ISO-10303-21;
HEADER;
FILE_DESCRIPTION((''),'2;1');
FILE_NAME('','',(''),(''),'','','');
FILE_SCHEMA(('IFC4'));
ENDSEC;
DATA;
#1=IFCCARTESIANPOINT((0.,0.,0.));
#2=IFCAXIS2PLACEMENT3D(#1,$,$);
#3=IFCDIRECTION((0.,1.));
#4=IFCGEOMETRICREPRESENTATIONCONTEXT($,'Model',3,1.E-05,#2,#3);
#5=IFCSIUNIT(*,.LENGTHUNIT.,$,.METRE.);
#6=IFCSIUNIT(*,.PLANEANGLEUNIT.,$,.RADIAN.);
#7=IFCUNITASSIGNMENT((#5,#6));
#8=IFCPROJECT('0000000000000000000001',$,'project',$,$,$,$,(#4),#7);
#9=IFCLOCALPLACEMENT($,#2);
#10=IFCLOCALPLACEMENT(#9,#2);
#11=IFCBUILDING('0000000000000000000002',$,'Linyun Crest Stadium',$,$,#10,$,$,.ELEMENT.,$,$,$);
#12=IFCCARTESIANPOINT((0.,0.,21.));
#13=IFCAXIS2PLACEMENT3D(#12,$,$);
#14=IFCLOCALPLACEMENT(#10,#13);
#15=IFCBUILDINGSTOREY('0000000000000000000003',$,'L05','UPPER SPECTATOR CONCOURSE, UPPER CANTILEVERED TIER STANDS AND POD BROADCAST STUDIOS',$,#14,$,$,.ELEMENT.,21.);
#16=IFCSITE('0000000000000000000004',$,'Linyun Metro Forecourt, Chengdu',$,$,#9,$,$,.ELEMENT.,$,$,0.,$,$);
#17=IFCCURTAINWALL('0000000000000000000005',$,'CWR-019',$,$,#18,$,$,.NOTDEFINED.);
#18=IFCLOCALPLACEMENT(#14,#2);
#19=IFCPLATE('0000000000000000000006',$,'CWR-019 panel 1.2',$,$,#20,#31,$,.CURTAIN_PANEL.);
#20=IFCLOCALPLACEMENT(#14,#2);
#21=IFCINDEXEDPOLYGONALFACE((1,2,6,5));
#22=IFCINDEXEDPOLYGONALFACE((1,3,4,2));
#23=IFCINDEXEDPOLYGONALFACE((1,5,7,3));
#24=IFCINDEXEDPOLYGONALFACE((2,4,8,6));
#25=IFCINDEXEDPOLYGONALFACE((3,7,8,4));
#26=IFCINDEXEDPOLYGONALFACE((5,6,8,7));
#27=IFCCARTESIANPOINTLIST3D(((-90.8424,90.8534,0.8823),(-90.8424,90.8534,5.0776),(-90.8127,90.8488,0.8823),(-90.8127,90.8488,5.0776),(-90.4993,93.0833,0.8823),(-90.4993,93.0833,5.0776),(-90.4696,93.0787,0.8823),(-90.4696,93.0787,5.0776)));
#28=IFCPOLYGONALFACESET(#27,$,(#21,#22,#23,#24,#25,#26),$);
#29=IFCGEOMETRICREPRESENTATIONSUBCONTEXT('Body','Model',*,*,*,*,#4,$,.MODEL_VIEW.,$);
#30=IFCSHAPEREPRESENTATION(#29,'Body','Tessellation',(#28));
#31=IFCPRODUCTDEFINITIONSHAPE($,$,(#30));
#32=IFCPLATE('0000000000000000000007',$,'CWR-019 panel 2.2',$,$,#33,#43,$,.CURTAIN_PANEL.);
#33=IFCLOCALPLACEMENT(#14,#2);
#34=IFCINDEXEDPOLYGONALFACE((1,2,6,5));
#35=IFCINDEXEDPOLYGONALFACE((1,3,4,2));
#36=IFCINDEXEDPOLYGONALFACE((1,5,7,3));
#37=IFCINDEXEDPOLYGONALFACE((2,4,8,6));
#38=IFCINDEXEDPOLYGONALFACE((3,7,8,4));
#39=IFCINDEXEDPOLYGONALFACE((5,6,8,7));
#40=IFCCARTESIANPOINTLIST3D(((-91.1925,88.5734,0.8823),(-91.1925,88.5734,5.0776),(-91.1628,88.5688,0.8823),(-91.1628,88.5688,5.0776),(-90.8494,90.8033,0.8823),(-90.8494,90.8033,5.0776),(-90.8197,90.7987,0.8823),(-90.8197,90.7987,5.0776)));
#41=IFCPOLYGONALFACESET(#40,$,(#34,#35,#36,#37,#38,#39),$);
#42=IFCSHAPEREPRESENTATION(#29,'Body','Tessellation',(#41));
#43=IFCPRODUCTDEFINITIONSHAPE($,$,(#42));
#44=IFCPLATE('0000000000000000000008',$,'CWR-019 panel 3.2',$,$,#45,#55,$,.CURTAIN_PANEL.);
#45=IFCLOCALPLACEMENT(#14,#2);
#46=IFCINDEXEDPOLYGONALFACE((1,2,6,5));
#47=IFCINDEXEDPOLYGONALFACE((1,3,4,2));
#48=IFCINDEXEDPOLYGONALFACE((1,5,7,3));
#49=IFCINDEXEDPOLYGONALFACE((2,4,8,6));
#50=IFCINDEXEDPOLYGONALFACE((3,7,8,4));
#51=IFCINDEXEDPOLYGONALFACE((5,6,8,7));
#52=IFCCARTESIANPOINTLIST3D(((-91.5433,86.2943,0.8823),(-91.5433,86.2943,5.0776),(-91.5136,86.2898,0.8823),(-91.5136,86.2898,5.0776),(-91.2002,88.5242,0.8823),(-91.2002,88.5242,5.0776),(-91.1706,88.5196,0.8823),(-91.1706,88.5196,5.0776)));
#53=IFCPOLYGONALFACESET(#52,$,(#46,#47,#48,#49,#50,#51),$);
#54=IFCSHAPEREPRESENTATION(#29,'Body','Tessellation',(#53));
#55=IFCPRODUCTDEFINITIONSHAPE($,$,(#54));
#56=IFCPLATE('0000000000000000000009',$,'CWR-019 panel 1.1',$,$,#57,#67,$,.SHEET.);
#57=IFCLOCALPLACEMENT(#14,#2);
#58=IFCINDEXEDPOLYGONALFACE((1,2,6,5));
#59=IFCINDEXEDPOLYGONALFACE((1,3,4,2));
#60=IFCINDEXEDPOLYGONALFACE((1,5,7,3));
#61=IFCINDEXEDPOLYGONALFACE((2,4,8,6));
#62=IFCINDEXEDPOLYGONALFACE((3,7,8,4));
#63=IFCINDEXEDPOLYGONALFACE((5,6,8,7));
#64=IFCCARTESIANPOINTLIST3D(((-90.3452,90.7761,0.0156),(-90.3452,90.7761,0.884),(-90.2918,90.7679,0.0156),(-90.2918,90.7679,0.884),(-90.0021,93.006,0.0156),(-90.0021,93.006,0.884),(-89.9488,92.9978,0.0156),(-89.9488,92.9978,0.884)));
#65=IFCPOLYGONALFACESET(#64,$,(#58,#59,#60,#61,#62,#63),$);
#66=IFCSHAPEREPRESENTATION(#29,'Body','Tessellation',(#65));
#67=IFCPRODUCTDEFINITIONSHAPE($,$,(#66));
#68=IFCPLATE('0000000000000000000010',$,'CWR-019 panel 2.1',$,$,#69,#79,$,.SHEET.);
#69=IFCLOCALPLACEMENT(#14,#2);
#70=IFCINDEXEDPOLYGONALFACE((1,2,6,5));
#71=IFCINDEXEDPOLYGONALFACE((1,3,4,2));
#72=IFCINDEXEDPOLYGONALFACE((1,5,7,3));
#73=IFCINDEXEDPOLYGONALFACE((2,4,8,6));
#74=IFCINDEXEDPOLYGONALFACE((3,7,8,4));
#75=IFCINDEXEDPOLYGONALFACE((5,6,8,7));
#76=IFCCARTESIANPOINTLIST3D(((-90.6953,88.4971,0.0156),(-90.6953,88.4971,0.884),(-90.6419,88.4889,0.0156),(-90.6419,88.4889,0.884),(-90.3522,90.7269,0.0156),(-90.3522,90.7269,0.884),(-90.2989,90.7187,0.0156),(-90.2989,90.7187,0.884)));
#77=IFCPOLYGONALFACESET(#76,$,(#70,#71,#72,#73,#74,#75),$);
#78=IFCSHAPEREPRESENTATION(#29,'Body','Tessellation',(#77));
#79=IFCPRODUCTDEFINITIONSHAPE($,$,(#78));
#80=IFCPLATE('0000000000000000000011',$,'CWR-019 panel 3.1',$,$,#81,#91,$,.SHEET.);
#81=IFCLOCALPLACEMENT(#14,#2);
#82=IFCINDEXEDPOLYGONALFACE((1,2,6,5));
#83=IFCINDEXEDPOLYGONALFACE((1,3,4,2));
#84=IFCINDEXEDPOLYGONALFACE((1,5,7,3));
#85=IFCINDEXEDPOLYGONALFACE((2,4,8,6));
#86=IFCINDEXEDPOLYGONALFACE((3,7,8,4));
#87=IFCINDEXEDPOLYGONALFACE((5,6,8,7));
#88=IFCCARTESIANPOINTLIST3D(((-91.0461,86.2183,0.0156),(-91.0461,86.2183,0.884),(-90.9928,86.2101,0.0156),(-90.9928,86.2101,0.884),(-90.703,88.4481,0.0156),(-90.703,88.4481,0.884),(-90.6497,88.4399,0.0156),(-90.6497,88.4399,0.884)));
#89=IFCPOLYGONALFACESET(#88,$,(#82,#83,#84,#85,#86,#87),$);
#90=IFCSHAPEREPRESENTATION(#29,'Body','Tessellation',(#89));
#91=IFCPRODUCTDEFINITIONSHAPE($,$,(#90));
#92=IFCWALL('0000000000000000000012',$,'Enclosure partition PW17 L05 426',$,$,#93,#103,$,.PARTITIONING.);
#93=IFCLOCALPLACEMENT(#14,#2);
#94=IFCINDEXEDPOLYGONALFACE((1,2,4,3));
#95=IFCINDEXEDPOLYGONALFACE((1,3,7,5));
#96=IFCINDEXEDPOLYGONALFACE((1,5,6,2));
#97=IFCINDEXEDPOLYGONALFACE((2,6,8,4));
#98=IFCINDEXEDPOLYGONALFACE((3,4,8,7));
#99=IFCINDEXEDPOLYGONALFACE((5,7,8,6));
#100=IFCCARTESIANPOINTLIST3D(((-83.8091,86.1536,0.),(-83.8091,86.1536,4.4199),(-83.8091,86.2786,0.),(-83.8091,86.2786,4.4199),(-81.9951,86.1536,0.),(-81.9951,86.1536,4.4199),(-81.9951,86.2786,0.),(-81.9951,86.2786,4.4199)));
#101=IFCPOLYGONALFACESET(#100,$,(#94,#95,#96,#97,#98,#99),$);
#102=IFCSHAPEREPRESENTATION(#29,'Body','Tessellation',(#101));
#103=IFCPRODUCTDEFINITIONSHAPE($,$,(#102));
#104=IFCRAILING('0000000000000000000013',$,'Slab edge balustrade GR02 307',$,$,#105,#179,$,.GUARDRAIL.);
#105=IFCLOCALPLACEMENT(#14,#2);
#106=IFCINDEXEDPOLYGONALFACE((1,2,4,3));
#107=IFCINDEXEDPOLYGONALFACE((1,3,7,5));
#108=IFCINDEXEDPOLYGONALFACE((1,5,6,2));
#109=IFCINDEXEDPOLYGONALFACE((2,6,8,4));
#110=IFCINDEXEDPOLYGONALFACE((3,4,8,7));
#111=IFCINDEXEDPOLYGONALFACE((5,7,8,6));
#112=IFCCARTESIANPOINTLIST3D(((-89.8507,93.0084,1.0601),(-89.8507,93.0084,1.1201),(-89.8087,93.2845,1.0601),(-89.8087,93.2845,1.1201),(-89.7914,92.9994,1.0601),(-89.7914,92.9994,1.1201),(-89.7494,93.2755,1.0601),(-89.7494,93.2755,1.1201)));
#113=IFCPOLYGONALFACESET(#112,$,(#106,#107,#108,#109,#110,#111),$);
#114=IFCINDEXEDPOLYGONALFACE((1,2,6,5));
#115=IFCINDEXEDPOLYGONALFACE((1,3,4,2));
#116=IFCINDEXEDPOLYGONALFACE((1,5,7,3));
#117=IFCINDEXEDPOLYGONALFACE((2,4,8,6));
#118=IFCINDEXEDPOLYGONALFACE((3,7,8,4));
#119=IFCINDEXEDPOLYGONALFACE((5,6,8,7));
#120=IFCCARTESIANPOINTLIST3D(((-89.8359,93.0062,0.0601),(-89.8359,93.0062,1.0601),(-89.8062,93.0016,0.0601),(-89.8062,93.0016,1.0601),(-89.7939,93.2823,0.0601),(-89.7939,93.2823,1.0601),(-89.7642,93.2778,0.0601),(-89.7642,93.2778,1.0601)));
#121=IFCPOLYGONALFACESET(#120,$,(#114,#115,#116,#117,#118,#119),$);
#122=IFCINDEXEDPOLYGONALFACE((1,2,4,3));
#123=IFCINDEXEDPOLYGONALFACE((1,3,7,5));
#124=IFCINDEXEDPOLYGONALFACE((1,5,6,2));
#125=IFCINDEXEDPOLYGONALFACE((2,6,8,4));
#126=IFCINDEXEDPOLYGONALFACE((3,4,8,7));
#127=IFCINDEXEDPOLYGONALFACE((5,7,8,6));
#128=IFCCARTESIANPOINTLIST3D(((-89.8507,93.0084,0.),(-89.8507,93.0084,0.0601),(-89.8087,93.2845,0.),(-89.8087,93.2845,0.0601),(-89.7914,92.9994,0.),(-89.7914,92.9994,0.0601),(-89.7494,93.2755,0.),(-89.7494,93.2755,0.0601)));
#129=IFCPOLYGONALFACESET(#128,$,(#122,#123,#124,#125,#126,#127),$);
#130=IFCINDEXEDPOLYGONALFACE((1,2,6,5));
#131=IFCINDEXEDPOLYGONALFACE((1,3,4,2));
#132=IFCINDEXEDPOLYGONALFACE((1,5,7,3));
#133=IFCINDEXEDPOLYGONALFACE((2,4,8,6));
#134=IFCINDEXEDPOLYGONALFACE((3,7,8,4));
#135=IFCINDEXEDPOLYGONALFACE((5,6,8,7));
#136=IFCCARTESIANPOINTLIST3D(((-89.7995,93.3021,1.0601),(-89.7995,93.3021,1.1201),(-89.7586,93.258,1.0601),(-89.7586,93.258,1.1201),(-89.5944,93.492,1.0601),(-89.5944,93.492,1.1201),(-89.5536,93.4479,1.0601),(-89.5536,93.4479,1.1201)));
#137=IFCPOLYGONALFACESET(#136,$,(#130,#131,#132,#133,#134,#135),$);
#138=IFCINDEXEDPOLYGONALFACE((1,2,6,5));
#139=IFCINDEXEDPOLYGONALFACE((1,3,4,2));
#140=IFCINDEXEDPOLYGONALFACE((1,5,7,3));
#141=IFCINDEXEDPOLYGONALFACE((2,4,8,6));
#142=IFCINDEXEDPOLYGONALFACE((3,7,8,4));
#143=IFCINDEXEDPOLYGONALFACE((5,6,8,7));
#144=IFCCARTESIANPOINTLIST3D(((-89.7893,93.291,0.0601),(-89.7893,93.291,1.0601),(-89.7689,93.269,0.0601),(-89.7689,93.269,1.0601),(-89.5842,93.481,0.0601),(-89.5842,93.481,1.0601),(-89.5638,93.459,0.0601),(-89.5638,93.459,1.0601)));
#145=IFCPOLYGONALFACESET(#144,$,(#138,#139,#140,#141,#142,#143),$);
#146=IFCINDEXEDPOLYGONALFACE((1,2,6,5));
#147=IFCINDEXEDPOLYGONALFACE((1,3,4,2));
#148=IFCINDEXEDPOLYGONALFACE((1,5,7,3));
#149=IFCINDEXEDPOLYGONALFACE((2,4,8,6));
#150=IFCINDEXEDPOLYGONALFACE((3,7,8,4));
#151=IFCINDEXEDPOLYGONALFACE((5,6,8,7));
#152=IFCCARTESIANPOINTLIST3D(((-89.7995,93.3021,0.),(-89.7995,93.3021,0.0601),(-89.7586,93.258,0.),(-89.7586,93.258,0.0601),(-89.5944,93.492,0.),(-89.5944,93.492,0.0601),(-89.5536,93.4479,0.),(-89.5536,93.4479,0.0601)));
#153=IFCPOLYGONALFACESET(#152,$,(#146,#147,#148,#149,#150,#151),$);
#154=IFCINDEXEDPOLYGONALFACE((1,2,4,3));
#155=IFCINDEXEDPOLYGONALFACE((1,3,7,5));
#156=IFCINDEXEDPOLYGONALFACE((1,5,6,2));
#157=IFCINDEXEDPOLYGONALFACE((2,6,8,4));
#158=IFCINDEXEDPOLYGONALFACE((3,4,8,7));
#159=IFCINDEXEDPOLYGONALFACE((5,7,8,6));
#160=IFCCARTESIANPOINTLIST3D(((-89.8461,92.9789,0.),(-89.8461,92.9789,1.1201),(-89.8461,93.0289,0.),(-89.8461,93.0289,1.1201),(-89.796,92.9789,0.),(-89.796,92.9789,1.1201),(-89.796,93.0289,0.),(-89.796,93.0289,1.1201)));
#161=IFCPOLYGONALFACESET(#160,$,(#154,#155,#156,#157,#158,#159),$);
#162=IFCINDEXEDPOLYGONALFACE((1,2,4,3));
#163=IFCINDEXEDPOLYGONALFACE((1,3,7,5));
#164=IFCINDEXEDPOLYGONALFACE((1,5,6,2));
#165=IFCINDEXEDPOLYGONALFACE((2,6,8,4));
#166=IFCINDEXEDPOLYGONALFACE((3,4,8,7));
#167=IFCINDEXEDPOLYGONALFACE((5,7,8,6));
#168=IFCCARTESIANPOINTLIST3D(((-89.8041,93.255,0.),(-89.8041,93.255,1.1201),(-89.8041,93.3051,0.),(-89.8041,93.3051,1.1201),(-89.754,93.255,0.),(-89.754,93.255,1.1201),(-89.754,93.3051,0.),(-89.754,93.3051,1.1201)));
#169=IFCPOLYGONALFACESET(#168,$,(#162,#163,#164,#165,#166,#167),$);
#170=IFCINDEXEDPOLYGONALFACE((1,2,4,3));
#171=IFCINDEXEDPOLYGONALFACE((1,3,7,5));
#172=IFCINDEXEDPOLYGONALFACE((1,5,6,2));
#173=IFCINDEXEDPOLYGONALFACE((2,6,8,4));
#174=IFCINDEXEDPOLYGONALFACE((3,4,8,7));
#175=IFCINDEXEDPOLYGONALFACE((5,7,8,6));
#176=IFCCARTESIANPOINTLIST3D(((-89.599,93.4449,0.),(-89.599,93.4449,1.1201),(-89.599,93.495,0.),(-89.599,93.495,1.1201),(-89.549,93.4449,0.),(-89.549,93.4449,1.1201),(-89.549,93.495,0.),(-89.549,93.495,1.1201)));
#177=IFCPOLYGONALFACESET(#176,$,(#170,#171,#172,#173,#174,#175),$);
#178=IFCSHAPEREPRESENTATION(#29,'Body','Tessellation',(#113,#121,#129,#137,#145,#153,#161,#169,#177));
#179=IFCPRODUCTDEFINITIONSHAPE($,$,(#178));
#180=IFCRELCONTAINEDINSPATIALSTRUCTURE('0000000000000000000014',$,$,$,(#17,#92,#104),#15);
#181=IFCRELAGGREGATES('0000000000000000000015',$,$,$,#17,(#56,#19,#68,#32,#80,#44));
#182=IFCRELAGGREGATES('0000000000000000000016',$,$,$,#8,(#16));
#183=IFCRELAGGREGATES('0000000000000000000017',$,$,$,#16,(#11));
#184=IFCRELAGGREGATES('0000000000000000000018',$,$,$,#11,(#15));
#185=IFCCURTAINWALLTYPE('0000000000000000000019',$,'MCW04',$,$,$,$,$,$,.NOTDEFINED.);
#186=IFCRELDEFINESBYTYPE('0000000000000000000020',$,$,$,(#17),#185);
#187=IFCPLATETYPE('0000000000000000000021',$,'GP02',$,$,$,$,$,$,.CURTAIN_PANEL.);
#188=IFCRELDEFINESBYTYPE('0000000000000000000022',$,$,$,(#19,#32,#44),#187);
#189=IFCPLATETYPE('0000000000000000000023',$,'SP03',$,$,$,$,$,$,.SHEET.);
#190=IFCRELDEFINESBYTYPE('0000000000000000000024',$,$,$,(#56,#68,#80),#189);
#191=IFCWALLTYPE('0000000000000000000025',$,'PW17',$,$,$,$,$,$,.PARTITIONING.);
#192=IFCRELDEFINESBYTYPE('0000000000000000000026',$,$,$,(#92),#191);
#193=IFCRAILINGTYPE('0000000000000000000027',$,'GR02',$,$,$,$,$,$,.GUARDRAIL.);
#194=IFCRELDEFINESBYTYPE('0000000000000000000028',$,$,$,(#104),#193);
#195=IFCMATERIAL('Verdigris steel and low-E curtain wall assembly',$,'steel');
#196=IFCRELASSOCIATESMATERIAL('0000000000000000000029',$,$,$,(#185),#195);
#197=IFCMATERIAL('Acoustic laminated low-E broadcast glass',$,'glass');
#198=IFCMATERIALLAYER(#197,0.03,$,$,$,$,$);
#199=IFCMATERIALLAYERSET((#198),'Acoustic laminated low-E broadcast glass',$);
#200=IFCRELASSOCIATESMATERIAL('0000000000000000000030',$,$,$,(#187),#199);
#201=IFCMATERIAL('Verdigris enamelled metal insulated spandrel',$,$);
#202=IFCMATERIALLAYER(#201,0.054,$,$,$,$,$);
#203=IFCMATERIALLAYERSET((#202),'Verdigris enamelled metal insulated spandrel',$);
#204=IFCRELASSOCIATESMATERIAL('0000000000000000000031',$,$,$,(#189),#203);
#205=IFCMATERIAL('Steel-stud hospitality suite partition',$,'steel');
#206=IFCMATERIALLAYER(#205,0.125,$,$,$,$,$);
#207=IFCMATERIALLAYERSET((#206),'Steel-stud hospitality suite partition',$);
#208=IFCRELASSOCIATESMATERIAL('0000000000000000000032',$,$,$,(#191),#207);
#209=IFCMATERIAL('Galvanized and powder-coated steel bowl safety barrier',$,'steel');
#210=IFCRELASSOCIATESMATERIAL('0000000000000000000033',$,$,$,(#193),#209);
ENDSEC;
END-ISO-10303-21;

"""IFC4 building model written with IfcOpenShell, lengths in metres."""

from ifc_helpers import new_model, si_unit, direction, frame, frame_2d, origin, origin_2d, place, context, subcontext, project, spatial, rectangle, extrude, material, layer, layer_set, type_object, element, aggregate, save


model = new_model("IFC4")

# Units and contexts
model_context = context("Model", 3, precision=1e-05, world=origin(), true_north=direction((0.0, 1.0)))
body_context = subcontext(model_context, "Body", "Model", "MODEL_VIEW")
ifc_project = project(units=[si_unit("LENGTHUNIT", "METRE"), si_unit("PLANEANGLEUNIT", "RADIAN")], contexts=[model_context])

# Site, building, storey
site_placement = place(None, origin())
site = spatial("IfcSite", under=ifc_project, at=site_placement, Name="Linyun Metro Forecourt, Chengdu", CompositionType="ELEMENT", RefElevation=0.0)
building_placement = place(site_placement, origin())
building = spatial("IfcBuilding", under=site, at=building_placement, Name="Linyun Crest Stadium", CompositionType="ELEMENT")
storey_placement = place(building_placement, frame((0.0, 0.0, 21.0)))
storey = spatial("IfcBuildingStorey", under=building, at=storey_placement, Name="L05", Description="UPPER SPECTATOR CONCOURSE, UPPER CANTILEVERED TIER STANDS AND POD BROADCAST STUDIOS", CompositionType="ELEMENT", Elevation=21.0)

# Shared definitions
ifc_material_1 = material(Name="Verdigris steel and low-E curtain wall assembly", Category="steel")
curtain_wall_type = type_object("IfcCurtainWallType", Name="MCW04", PredefinedType="NOTDEFINED", material=ifc_material_1)

# Curtain wall, plates
curtain_wall_1_placement = place(storey_placement, origin())
curtain_wall_1 = element("IfcCurtainWall", 1, at=curtain_wall_1_placement, inside=storey, type_object=curtain_wall_type, Name="CWR-019", PredefinedType="NOTDEFINED")
ifc_material_2 = material(Name="Acoustic laminated low-E broadcast glass", Category="glass")
ifc_layer_1 = layer(ifc_material_2, 0.03)
ifc_layer_set_1 = layer_set([ifc_layer_1], Name="Acoustic laminated low-E broadcast glass")
plate_type_1 = type_object("IfcPlateType", Name="GP02", PredefinedType="CURTAIN_PANEL", material=ifc_layer_set_1)
plate_1_placement = place(storey_placement, frame((-90.656, 91.9661, 0.8823), z_axis=(0.0, 0.0, 1.0), x_axis=(-0.152054, -0.988372, 0.0)))
plate_1 = element("IfcPlate", 2, at=plate_1_placement, type_object=plate_type_1, Name="CWR-019 panel 1.2", PredefinedType="CURTAIN_PANEL", context=body_context, shape_type="SweptSolid", body=[
    extrude(rectangle(XDim=2.2561, YDim=0.03, at=origin_2d()), origin(), (0.0, 0.0, 1.0), 4.1953),
])
plate_2_placement = place(storey_placement, frame((-91.0061, 89.686, 0.8823), z_axis=(0.0, 0.0, 1.0), x_axis=(-0.152054, -0.988372, 0.0)))
plate_2 = element("IfcPlate", 3, at=plate_2_placement, type_object=plate_type_1, Name="CWR-019 panel 2.2", PredefinedType="CURTAIN_PANEL", context=body_context, shape_type="SweptSolid", body=[
    extrude(rectangle(XDim=2.2561, YDim=0.03, at=origin_2d()), origin(), (0.0, 0.0, 1.0), 4.1953),
])
plate_3_placement = place(storey_placement, frame((-91.3569, 87.407, 0.8823), z_axis=(0.0, 0.0, 1.0), x_axis=(-0.152054, -0.988372, 0.0)))
plate_3 = element("IfcPlate", 4, at=plate_3_placement, type_object=plate_type_1, Name="CWR-019 panel 3.2", PredefinedType="CURTAIN_PANEL", context=body_context, shape_type="SweptSolid", body=[
    extrude(rectangle(XDim=2.2561, YDim=0.03, at=origin_2d()), origin(), (0.0, 0.0, 1.0), 4.1953),
])
ifc_material_3 = material(Name="Verdigris enamelled metal insulated spandrel")
ifc_layer_2 = layer(ifc_material_3, 0.054)
ifc_layer_set_2 = layer_set([ifc_layer_2], Name="Verdigris enamelled metal insulated spandrel")
plate_type_2 = type_object("IfcPlateType", Name="SP03", PredefinedType="SHEET", material=ifc_layer_set_2)
plate_4_placement = place(storey_placement, frame((-90.147, 91.887, 0.0156), z_axis=(0.0, 0.0, 1.0), x_axis=(-0.152054, -0.988372, 0.0)))
plate_4 = element("IfcPlate", 5, at=plate_4_placement, type_object=plate_type_2, Name="CWR-019 panel 1.1", PredefinedType="SHEET", context=body_context, shape_type="SweptSolid", body=[
    extrude(rectangle(XDim=2.2561, YDim=0.054, at=origin_2d()), origin(), (0.0, 0.0, 1.0), 0.8684),
])
plate_5_placement = place(storey_placement, frame((-90.4971, 89.6079, 0.0156), z_axis=(0.0, 0.0, 1.0), x_axis=(-0.152054, -0.988372, 0.0)))
plate_5 = element("IfcPlate", 6, at=plate_5_placement, type_object=plate_type_2, Name="CWR-019 panel 2.1", PredefinedType="SHEET", context=body_context, shape_type="SweptSolid", body=[
    extrude(rectangle(XDim=2.2561, YDim=0.054, at=origin_2d()), origin(), (0.0, 0.0, 1.0), 0.8684),
])
plate_6_placement = place(storey_placement, frame((-90.8479, 87.3291, 0.0156), z_axis=(0.0, 0.0, 1.0), x_axis=(-0.152054, -0.988372, 0.0)))
plate_6 = element("IfcPlate", 7, at=plate_6_placement, type_object=plate_type_2, Name="CWR-019 panel 3.1", PredefinedType="SHEET", context=body_context, shape_type="SweptSolid", body=[
    extrude(rectangle(XDim=2.2561, YDim=0.054, at=origin_2d()), origin(), (0.0, 0.0, 1.0), 0.8684),
])
aggregate(curtain_wall_1, [plate_4, plate_1, plate_5, plate_2, plate_6, plate_3])

# Wall
ifc_material_4 = material(Name="Steel-stud hospitality suite partition", Category="steel")
ifc_layer_3 = layer(ifc_material_4, 0.125)
ifc_layer_set_3 = layer_set([ifc_layer_3], Name="Steel-stud hospitality suite partition")
wall_type = type_object("IfcWallType", Name="PW17", PredefinedType="PARTITIONING", material=ifc_layer_set_3)
wall_placement = place(storey_placement, frame((-83.8091, 86.2161, 0.0), z_axis=(0.0, 0.0, 1.0), x_axis=(1.0, 0.0, 0.0)))
element("IfcWall", 8, at=wall_placement, inside=storey, type_object=wall_type, Name="Enclosure partition PW17 L05 426", PredefinedType="PARTITIONING", context=body_context, shape_type="SweptSolid", body=[
    extrude(rectangle(XDim=1.814, YDim=0.125, at=frame_2d((0.907, 0.0))), origin(), (0.0, 0.0, 1.0), 4.4199),
])

# Railing
ifc_material_5 = material(Name="Galvanized and powder-coated steel bowl safety barrier", Category="steel")
railing_type = type_object("IfcRailingType", Name="GR02", PredefinedType="GUARDRAIL", material=ifc_material_5)
railing_placement = place(storey_placement, frame((-89.821, 93.0039, 0.0)))
element("IfcRailing", 9, at=railing_placement, inside=storey, type_object=railing_type, Name="Slab edge balustrade GR02 307", PredefinedType="GUARDRAIL", context=body_context, shape_type="SweptSolid", body=[
    extrude(rectangle(XDim=0.0601, YDim=0.0601, at=origin_2d()), frame((0.0, 0.0, 1.0901), z_axis=(0.150349, 0.988633, 0.0), x_axis=(-0.988633, 0.150349, 0.0)), (0.0, 0.0, 1.0), 0.2793),
    extrude(rectangle(XDim=0.03, YDim=1.0, at=origin_2d()), frame((0.0, 0.0, 0.5601), z_axis=(0.150349, 0.988633, 0.0), x_axis=(-0.988633, 0.150349, 0.0)), (0.0, 0.0, 1.0), 0.2793),
    extrude(rectangle(XDim=0.0601, YDim=0.0601, at=origin_2d()), frame((0.0, 0.0, 0.03), z_axis=(0.150349, 0.988633, 0.0), x_axis=(-0.988633, 0.150349, 0.0)), (0.0, 0.0, 1.0), 0.2793),
    extrude(rectangle(XDim=0.0601, YDim=0.0601, at=origin_2d()), frame((0.042, 0.2761, 1.0901), z_axis=(0.733664, 0.679513, 0.0), x_axis=(-0.679513, 0.733664, 0.0)), (0.0, 0.0, 1.0), 0.2795),
    extrude(rectangle(XDim=0.03, YDim=1.0, at=origin_2d()), frame((0.042, 0.2761, 0.5601), z_axis=(0.733664, 0.679513, 0.0), x_axis=(-0.679513, 0.733664, 0.0)), (0.0, 0.0, 1.0), 0.2795),
    extrude(rectangle(XDim=0.0601, YDim=0.0601, at=origin_2d()), frame((0.042, 0.2761, 0.03), z_axis=(0.733664, 0.679513, 0.0), x_axis=(-0.679513, 0.733664, 0.0)), (0.0, 0.0, 1.0), 0.2795),
    extrude(rectangle(XDim=0.05, YDim=0.05, at=origin_2d()), origin(), (0.0, 0.0, 1.0), 1.1201),
    extrude(rectangle(XDim=0.05, YDim=0.05, at=origin_2d()), frame((0.042, 0.2761, 0.0)), (0.0, 0.0, 1.0), 1.1201),
    extrude(rectangle(XDim=0.05, YDim=0.05, at=origin_2d()), frame((0.2471, 0.4661, 0.0)), (0.0, 0.0, 1.0), 1.1201),
])

save(model, "model.ifc")
